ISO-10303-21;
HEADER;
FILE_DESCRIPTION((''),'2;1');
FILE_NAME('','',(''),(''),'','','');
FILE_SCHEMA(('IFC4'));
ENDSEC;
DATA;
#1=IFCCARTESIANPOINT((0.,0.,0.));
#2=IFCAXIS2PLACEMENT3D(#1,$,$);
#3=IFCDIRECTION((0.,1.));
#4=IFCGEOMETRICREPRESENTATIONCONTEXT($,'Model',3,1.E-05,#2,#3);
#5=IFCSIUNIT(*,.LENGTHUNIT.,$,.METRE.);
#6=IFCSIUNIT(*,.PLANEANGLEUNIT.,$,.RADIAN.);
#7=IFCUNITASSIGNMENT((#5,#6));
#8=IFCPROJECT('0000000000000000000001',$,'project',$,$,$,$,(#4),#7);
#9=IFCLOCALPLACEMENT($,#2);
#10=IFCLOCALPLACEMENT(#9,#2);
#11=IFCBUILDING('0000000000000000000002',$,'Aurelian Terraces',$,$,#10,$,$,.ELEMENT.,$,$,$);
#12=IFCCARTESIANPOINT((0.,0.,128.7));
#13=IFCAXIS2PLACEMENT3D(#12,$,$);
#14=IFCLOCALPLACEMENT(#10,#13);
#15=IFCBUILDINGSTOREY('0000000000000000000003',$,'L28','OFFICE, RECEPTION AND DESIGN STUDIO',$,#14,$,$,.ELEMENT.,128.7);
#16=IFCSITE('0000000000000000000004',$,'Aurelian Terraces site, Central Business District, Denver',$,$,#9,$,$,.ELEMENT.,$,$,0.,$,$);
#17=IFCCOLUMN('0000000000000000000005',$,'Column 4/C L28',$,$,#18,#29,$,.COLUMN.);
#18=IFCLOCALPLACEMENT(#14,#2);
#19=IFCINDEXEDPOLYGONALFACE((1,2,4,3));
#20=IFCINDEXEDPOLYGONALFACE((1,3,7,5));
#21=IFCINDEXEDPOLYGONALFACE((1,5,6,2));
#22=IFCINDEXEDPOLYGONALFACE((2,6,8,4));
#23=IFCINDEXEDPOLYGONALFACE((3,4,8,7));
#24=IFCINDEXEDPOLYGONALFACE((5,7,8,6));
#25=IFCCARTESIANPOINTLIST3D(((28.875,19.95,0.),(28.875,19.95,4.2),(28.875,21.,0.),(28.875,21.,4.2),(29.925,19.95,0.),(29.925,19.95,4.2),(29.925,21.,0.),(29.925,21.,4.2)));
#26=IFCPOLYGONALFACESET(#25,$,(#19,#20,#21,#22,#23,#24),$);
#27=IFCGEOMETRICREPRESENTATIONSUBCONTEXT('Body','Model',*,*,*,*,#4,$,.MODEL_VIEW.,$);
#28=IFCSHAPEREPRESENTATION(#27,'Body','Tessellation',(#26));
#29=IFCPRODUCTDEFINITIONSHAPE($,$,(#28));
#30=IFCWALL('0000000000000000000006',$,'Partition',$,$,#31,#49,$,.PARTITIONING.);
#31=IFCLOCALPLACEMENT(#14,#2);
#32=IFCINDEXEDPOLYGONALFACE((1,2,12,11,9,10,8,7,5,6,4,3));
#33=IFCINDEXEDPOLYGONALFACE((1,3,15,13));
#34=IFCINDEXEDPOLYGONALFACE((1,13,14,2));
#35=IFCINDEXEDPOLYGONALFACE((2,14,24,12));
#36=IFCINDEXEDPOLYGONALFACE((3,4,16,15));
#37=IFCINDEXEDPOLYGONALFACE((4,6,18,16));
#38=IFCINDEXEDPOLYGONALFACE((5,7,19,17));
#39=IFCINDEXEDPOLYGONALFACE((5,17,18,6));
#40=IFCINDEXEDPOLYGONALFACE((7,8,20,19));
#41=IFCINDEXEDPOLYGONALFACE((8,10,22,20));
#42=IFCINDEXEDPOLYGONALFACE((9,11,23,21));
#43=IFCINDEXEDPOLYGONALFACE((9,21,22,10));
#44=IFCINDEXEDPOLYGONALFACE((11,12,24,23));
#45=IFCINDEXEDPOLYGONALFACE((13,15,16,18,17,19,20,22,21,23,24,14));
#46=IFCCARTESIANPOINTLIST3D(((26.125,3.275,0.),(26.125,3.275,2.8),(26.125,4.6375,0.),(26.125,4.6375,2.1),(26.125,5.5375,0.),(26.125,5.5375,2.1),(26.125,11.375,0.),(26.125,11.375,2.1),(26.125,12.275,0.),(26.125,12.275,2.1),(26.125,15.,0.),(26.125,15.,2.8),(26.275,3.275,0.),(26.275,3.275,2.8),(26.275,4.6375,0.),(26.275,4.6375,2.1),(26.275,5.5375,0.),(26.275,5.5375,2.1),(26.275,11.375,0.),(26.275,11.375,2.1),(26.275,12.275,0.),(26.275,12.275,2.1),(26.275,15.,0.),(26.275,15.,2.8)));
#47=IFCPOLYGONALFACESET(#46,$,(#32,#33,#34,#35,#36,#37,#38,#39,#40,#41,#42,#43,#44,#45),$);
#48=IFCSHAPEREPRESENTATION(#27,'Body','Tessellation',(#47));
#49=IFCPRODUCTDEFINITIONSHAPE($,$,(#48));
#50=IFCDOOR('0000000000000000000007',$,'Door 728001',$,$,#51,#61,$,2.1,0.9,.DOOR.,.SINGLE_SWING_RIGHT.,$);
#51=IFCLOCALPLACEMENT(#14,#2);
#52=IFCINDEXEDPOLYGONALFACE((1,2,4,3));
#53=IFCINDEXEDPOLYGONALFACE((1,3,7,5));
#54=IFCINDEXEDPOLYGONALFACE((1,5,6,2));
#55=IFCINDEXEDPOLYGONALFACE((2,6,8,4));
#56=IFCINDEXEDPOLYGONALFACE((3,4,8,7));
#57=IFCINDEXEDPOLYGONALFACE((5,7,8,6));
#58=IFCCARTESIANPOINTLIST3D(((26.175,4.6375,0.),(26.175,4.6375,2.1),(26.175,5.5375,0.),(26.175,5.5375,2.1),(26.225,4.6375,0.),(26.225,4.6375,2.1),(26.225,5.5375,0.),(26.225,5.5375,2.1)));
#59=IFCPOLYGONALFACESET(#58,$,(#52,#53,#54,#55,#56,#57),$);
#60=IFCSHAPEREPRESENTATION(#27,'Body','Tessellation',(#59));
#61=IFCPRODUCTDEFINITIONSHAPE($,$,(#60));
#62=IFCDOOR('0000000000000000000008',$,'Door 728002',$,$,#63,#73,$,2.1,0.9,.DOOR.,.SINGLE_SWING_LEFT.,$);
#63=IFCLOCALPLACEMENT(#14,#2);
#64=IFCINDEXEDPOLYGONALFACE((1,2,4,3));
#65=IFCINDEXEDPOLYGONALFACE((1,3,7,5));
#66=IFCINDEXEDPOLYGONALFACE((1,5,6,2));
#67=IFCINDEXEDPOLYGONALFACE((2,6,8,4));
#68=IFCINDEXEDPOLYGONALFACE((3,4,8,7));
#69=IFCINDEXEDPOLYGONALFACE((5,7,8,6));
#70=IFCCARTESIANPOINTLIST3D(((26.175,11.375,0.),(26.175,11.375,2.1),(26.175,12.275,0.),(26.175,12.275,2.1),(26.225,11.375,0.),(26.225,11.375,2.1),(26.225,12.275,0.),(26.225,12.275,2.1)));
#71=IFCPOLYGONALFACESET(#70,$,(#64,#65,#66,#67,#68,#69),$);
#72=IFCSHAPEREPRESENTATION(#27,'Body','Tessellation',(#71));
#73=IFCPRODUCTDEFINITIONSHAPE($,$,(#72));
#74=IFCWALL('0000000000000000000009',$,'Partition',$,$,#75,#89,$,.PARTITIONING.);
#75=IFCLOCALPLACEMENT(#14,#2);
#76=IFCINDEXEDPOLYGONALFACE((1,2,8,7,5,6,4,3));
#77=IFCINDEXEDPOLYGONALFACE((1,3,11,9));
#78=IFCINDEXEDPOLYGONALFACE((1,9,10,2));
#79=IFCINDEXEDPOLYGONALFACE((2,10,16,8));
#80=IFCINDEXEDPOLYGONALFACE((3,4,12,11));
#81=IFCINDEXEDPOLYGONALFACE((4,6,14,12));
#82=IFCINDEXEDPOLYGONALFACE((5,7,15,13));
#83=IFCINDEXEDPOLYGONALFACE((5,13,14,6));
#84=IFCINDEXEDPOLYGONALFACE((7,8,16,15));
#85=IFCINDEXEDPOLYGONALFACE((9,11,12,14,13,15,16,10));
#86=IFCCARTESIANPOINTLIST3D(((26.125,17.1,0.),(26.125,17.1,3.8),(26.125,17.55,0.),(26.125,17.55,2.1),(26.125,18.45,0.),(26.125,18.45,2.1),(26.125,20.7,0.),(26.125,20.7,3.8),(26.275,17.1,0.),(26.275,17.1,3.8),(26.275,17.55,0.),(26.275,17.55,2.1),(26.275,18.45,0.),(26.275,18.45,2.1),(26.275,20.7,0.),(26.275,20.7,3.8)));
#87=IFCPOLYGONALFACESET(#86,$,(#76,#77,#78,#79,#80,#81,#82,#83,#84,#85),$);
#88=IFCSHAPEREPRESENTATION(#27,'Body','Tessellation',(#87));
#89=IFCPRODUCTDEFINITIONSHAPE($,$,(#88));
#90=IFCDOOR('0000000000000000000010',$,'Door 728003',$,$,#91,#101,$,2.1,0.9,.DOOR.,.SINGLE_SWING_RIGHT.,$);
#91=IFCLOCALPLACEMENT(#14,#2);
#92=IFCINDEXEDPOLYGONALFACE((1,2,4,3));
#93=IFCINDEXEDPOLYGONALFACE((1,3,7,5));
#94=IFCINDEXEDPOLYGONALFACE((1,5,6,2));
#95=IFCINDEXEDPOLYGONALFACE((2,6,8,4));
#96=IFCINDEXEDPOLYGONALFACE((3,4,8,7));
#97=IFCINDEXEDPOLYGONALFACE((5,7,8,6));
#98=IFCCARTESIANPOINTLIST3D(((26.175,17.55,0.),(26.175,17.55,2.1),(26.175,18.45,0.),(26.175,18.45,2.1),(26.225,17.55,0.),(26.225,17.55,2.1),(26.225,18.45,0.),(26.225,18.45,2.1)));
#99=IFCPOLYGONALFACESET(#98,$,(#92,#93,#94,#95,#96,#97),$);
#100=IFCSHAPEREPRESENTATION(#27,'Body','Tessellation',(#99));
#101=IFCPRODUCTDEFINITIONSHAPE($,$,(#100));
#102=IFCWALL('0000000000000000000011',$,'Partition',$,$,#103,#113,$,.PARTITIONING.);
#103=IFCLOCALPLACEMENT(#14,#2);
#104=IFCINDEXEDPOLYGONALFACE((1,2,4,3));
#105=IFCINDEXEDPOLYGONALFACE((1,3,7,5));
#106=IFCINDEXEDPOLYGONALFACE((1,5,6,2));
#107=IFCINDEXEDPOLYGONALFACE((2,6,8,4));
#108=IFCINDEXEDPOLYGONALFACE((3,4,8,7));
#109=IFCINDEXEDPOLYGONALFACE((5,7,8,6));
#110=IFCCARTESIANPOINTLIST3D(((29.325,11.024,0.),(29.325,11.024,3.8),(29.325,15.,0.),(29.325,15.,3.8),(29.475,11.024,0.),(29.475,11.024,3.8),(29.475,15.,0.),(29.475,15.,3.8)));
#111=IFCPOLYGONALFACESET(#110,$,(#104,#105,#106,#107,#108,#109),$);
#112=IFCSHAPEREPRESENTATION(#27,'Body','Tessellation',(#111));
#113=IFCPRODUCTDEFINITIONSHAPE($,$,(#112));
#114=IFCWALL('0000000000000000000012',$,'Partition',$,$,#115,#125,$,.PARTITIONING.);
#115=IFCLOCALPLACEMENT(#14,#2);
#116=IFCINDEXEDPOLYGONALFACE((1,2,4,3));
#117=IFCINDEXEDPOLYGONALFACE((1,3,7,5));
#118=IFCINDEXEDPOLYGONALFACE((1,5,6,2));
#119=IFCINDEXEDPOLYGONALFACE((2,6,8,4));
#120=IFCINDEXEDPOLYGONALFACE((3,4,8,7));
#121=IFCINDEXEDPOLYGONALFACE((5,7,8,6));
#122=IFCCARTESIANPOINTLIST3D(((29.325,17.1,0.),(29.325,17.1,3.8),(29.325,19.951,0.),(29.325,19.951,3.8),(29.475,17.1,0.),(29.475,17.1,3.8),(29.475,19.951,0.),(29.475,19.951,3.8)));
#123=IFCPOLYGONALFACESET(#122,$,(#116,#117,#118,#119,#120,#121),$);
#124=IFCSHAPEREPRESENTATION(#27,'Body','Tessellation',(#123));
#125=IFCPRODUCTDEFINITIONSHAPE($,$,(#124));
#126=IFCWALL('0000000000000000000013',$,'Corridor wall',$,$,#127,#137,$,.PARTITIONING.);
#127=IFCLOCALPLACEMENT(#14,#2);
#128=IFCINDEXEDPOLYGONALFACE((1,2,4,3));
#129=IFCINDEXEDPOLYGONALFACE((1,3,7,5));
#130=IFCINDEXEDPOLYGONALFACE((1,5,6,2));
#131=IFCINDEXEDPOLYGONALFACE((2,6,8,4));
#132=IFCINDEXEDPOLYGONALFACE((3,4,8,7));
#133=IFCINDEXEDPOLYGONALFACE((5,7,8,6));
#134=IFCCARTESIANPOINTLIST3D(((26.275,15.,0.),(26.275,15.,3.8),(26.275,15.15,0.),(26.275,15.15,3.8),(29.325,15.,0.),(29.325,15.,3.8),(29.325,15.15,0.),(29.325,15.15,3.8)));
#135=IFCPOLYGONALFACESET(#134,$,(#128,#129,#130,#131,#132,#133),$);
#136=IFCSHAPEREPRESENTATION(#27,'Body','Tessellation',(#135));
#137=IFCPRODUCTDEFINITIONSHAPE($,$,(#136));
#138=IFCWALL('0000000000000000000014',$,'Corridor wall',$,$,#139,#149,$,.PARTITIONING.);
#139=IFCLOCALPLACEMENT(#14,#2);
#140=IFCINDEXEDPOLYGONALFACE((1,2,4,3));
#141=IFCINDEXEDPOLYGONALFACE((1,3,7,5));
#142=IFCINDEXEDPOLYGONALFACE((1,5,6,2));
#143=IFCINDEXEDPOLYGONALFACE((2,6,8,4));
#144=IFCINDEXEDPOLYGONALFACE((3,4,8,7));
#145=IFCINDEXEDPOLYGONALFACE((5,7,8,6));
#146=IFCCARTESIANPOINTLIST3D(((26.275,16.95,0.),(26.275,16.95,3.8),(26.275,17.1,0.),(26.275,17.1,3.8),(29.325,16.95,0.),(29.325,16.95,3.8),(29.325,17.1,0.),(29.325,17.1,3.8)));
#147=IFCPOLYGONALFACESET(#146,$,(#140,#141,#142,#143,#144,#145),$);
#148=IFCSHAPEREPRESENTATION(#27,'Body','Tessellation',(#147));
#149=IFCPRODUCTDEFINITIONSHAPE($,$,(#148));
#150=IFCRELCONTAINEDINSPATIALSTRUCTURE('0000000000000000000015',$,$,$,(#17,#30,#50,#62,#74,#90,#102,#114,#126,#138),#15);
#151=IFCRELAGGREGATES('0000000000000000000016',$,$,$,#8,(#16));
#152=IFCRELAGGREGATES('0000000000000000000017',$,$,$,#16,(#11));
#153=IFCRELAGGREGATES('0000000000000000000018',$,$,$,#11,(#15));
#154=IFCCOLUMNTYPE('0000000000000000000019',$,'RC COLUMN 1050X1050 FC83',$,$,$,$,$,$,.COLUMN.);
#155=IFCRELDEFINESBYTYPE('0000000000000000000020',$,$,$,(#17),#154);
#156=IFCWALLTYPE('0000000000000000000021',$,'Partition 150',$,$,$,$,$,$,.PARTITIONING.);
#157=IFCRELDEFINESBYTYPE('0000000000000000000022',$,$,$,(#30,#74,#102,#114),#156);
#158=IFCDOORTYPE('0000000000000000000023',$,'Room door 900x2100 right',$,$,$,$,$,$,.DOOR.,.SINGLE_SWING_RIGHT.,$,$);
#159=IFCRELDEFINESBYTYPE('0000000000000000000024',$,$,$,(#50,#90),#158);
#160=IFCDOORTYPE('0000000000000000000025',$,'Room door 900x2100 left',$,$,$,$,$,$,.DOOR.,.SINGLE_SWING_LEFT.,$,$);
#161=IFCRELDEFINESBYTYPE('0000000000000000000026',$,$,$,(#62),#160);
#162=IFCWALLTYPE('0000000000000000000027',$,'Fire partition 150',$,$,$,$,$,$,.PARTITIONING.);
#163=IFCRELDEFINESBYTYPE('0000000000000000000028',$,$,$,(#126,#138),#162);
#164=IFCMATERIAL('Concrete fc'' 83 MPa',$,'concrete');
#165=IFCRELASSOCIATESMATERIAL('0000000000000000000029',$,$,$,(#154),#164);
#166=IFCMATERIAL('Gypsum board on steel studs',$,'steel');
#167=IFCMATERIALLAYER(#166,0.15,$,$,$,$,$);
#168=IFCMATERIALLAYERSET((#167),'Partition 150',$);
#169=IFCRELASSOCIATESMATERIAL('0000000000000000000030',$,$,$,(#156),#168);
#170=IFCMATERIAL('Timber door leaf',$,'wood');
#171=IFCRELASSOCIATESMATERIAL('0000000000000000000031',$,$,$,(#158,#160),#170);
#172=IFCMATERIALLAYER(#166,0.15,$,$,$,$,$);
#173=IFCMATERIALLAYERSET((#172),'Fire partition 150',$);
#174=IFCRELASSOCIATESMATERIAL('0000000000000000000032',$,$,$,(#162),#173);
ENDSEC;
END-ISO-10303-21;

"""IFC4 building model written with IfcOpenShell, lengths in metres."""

from ifc_helpers import new_model, si_unit, direction, frame, frame_2d, origin, origin_2d, place, context, subcontext, project, spatial, rectangle, extrude, source, transform, mapped, material, layer, layer_set, material_profile, profile_set, type_object, element, fill, save


model = new_model("IFC4")

# Units and contexts
model_context = context("Model", 3, precision=1e-05, world=origin(), true_north=direction((0.0, 1.0)))
body_context = subcontext(model_context, "Body", "Model", "MODEL_VIEW")
ifc_project = project(units=[si_unit("LENGTHUNIT", "METRE"), si_unit("PLANEANGLEUNIT", "RADIAN")], contexts=[model_context])

# Site, building, storey
site_placement = place(None, origin())
site = spatial("IfcSite", under=ifc_project, at=site_placement, Name="Aurelian Terraces site, Central Business District, Denver", CompositionType="ELEMENT", RefElevation=0.0)
building_placement = place(site_placement, origin())
building = spatial("IfcBuilding", under=site, at=building_placement, Name="Aurelian Terraces", CompositionType="ELEMENT")
storey_placement = place(building_placement, frame((0.0, 0.0, 128.7)))
storey = spatial("IfcBuildingStorey", under=building, at=storey_placement, Name="L28", Description="OFFICE, RECEPTION AND DESIGN STUDIO", CompositionType="ELEMENT", Elevation=128.7)

# Column
ifc_material_1 = material(Name="Concrete fc' 83 MPa", Category="concrete")
ifc_material_profile = material_profile(ifc_material_1, rectangle(XDim=1.05, YDim=1.05, at=origin_2d()))
ifc_profile_set = profile_set([ifc_material_profile], Name="Concrete fc' 83 MPa")
column_type = type_object("IfcColumnType", Name="RC COLUMN 1050X1050 FC83", PredefinedType="COLUMN", material=ifc_profile_set)
shared_shape_1 = source(origin(), body_context, "Body", "SweptSolid", [
    extrude(rectangle(XDim=1.05, YDim=1.05, at=origin_2d()), origin(), (0.0, 0.0, 1.0), 4.2),
])
column_placement = place(storey_placement, frame((29.4, 20.475, 0.0), z_axis=(0.0, 0.0, 1.0), x_axis=(1.0, 0.0, 0.0)))
element("IfcColumn", 1, at=column_placement, inside=storey, type_object=column_type, Name="Column 4/C L28", PredefinedType="COLUMN", context=body_context, shape_type="MappedRepresentation", body=[
    mapped(shared_shape_1, transform((0.0, 0.0, 0.0), scale=1.0)),
])

# Wall, openings, doors
ifc_material_2 = material(Name="Gypsum board on steel studs", Category="steel")
ifc_layer_1 = layer(ifc_material_2, 0.15)
ifc_layer_set_1 = layer_set([ifc_layer_1], Name="Partition 150")
wall_type_1 = type_object("IfcWallType", Name="Partition 150", PredefinedType="PARTITIONING", material=ifc_layer_set_1)
wall_1_placement = place(storey_placement, frame((26.2, 15.0, 0.0), z_axis=(0.0, 0.0, 1.0), x_axis=(0.0, -1.0, 0.0)))
wall_1 = element("IfcWall", 2, at=wall_1_placement, inside=storey, type_object=wall_type_1, Name="Partition", PredefinedType="PARTITIONING", context=body_context, shape_type="SweptSolid", body=[
    extrude(rectangle(XDim=11.725, YDim=0.15, at=frame_2d((5.8625, 0.0))), origin(), (0.0, 0.0, 1.0), 2.8),
])
shared_shape_2 = source(origin(), body_context, "Body", "SweptSolid", [
    extrude(rectangle(XDim=0.9, YDim=2.1, at=frame_2d((0.45, 1.05))), frame((0.0, 0.085, 0.0), z_axis=(0.0, -1.0, 0.0), x_axis=(1.0, 0.0, 0.0)), (0.0, 0.0, 1.0), 0.17),
])
opening_1_placement = place(wall_1_placement, frame((9.4625, 0.0, 0.0)))
opening_1 = element("IfcOpeningElement", 3, at=opening_1_placement, cuts=wall_1, PredefinedType="OPENING", context=body_context, shape_type="MappedRepresentation", body=[
    mapped(shared_shape_2, transform((0.0, 0.0, 0.0), scale=1.0)),
])
opening_2_placement = place(wall_1_placement, frame((2.725, 0.0, 0.0)))
opening_2 = element("IfcOpeningElement", 4, at=opening_2_placement, cuts=wall_1, PredefinedType="OPENING", context=body_context, shape_type="MappedRepresentation", body=[
    mapped(shared_shape_2, transform((0.0, 0.0, 0.0), scale=1.0)),
])
ifc_material_3 = material(Name="Timber door leaf", Category="wood")
door_type_1 = type_object("IfcDoorType", Name="Room door 900x2100 right", OperationType="SINGLE_SWING_RIGHT", PredefinedType="DOOR", material=ifc_material_3)
shared_shape_3 = source(origin(), body_context, "Body", "SweptSolid", [
    extrude(rectangle(XDim=0.9, YDim=2.1, at=frame_2d((0.45, 1.05))), frame((0.0, 0.025, 0.0), z_axis=(0.0, -1.0, 0.0), x_axis=(1.0, 0.0, 0.0)), (0.0, 0.0, 1.0), 0.05),
])
door_1_placement = place(opening_1_placement, origin())
door_1 = element("IfcDoor", 5, at=door_1_placement, inside=storey, type_object=door_type_1, Name="Door 728001", OperationType="SINGLE_SWING_RIGHT", OverallHeight=2.1, OverallWidth=0.9, PredefinedType="DOOR", context=body_context, shape_type="MappedRepresentation", body=[
    mapped(shared_shape_3, transform((0.0, 0.0, 0.0), scale=1.0)),
])
fill(opening_1, door_1)
door_type_2 = type_object("IfcDoorType", Name="Room door 900x2100 left", OperationType="SINGLE_SWING_LEFT", PredefinedType="DOOR", material=ifc_material_3)
door_2_placement = place(opening_2_placement, origin())
door_2 = element("IfcDoor", 6, at=door_2_placement, inside=storey, type_object=door_type_2, Name="Door 728002", OperationType="SINGLE_SWING_LEFT", OverallHeight=2.1, OverallWidth=0.9, PredefinedType="DOOR", context=body_context, shape_type="MappedRepresentation", body=[
    mapped(shared_shape_3, transform((0.0, 0.0, 0.0), scale=1.0)),
])
fill(opening_2, door_2)

# Wall, opening, door
shared_shape_4 = source(origin(), body_context, "Body", "SweptSolid", [
    extrude(rectangle(XDim=3.6, YDim=0.15, at=frame_2d((1.8, 0.0))), origin(), (0.0, 0.0, 1.0), 3.8),
])
wall_2_placement = place(storey_placement, frame((26.2, 20.7, 0.0), z_axis=(0.0, 0.0, 1.0), x_axis=(0.0, -1.0, 0.0)))
wall_2 = element("IfcWall", 7, at=wall_2_placement, inside=storey, type_object=wall_type_1, Name="Partition", PredefinedType="PARTITIONING", context=body_context, shape_type="MappedRepresentation", body=[
    mapped(shared_shape_4, transform((0.0, 0.0, 0.0), scale=1.0)),
])
opening_3_placement = place(wall_2_placement, frame((2.25, 0.0, 0.0)))
opening_3 = element("IfcOpeningElement", 8, at=opening_3_placement, cuts=wall_2, PredefinedType="OPENING", context=body_context, shape_type="MappedRepresentation", body=[
    mapped(shared_shape_2, transform((0.0, 0.0, 0.0), scale=1.0)),
])
door_3_placement = place(opening_3_placement, origin())
door_3 = element("IfcDoor", 9, at=door_3_placement, inside=storey, type_object=door_type_1, Name="Door 728003", OperationType="SINGLE_SWING_RIGHT", OverallHeight=2.1, OverallWidth=0.9, PredefinedType="DOOR", context=body_context, shape_type="MappedRepresentation", body=[
    mapped(shared_shape_3, transform((0.0, 0.0, 0.0), scale=1.0)),
])
fill(opening_3, door_3)

# Shared definitions
ifc_layer_2 = layer(ifc_material_2, 0.15)
ifc_layer_set_2 = layer_set([ifc_layer_2], Name="Fire partition 150")
wall_type_2 = type_object("IfcWallType", Name="Fire partition 150", PredefinedType="PARTITIONING", material=ifc_layer_set_2)

# Walls
shared_shape_5 = source(origin(), body_context, "Body", "SweptSolid", [
    extrude(rectangle(XDim=3.976, YDim=0.15, at=frame_2d((1.988, 0.0))), origin(), (0.0, 0.0, 1.0), 3.8),
])
wall_3_placement = place(storey_placement, frame((29.4, 11.024, 0.0), z_axis=(0.0, 0.0, 1.0), x_axis=(0.0, 1.0, 0.0)))
element("IfcWall", 10, at=wall_3_placement, inside=storey, type_object=wall_type_1, Name="Partition", PredefinedType="PARTITIONING", context=body_context, shape_type="MappedRepresentation", body=[
    mapped(shared_shape_5, transform((0.0, 0.0, 0.0), scale=1.0)),
])
shared_shape_6 = source(origin(), body_context, "Body", "SweptSolid", [
    extrude(rectangle(XDim=2.851, YDim=0.15, at=frame_2d((1.4255, 0.0))), origin(), (0.0, 0.0, 1.0), 3.8),
])
wall_4_placement = place(storey_placement, frame((29.4, 17.1, 0.0), z_axis=(0.0, 0.0, 1.0), x_axis=(0.0, 1.0, 0.0)))
element("IfcWall", 11, at=wall_4_placement, inside=storey, type_object=wall_type_1, Name="Partition", PredefinedType="PARTITIONING", context=body_context, shape_type="MappedRepresentation", body=[
    mapped(shared_shape_6, transform((0.0, 0.0, 0.0), scale=1.0)),
])
shared_shape_7 = source(origin(), body_context, "Body", "SweptSolid", [
    extrude(rectangle(XDim=3.05, YDim=0.15, at=frame_2d((1.525, 0.0))), origin(), (0.0, 0.0, 1.0), 3.8),
])
for number, where, z_axis, x_axis, name in (
    (12, (29.325, 15.075, 0.0), (0.0, 0.0, 1.0), (-1.0, 0.0, 0.0), "Corridor wall"),
    (13, (26.275, 17.025, 0.0), (0.0, 0.0, 1.0), (1.0, 0.0, 0.0), "Corridor wall"),
):
    element("IfcWall", number, at=place(storey_placement, frame(where, z_axis=z_axis, x_axis=x_axis)), inside=storey, type_object=wall_type_2, Name=name, PredefinedType="PARTITIONING", context=body_context, shape_type="MappedRepresentation", body=[
        mapped(shared_shape_7, transform((0.0, 0.0, 0.0), scale=1.0)),
    ])

save(model, "model.ifc")
